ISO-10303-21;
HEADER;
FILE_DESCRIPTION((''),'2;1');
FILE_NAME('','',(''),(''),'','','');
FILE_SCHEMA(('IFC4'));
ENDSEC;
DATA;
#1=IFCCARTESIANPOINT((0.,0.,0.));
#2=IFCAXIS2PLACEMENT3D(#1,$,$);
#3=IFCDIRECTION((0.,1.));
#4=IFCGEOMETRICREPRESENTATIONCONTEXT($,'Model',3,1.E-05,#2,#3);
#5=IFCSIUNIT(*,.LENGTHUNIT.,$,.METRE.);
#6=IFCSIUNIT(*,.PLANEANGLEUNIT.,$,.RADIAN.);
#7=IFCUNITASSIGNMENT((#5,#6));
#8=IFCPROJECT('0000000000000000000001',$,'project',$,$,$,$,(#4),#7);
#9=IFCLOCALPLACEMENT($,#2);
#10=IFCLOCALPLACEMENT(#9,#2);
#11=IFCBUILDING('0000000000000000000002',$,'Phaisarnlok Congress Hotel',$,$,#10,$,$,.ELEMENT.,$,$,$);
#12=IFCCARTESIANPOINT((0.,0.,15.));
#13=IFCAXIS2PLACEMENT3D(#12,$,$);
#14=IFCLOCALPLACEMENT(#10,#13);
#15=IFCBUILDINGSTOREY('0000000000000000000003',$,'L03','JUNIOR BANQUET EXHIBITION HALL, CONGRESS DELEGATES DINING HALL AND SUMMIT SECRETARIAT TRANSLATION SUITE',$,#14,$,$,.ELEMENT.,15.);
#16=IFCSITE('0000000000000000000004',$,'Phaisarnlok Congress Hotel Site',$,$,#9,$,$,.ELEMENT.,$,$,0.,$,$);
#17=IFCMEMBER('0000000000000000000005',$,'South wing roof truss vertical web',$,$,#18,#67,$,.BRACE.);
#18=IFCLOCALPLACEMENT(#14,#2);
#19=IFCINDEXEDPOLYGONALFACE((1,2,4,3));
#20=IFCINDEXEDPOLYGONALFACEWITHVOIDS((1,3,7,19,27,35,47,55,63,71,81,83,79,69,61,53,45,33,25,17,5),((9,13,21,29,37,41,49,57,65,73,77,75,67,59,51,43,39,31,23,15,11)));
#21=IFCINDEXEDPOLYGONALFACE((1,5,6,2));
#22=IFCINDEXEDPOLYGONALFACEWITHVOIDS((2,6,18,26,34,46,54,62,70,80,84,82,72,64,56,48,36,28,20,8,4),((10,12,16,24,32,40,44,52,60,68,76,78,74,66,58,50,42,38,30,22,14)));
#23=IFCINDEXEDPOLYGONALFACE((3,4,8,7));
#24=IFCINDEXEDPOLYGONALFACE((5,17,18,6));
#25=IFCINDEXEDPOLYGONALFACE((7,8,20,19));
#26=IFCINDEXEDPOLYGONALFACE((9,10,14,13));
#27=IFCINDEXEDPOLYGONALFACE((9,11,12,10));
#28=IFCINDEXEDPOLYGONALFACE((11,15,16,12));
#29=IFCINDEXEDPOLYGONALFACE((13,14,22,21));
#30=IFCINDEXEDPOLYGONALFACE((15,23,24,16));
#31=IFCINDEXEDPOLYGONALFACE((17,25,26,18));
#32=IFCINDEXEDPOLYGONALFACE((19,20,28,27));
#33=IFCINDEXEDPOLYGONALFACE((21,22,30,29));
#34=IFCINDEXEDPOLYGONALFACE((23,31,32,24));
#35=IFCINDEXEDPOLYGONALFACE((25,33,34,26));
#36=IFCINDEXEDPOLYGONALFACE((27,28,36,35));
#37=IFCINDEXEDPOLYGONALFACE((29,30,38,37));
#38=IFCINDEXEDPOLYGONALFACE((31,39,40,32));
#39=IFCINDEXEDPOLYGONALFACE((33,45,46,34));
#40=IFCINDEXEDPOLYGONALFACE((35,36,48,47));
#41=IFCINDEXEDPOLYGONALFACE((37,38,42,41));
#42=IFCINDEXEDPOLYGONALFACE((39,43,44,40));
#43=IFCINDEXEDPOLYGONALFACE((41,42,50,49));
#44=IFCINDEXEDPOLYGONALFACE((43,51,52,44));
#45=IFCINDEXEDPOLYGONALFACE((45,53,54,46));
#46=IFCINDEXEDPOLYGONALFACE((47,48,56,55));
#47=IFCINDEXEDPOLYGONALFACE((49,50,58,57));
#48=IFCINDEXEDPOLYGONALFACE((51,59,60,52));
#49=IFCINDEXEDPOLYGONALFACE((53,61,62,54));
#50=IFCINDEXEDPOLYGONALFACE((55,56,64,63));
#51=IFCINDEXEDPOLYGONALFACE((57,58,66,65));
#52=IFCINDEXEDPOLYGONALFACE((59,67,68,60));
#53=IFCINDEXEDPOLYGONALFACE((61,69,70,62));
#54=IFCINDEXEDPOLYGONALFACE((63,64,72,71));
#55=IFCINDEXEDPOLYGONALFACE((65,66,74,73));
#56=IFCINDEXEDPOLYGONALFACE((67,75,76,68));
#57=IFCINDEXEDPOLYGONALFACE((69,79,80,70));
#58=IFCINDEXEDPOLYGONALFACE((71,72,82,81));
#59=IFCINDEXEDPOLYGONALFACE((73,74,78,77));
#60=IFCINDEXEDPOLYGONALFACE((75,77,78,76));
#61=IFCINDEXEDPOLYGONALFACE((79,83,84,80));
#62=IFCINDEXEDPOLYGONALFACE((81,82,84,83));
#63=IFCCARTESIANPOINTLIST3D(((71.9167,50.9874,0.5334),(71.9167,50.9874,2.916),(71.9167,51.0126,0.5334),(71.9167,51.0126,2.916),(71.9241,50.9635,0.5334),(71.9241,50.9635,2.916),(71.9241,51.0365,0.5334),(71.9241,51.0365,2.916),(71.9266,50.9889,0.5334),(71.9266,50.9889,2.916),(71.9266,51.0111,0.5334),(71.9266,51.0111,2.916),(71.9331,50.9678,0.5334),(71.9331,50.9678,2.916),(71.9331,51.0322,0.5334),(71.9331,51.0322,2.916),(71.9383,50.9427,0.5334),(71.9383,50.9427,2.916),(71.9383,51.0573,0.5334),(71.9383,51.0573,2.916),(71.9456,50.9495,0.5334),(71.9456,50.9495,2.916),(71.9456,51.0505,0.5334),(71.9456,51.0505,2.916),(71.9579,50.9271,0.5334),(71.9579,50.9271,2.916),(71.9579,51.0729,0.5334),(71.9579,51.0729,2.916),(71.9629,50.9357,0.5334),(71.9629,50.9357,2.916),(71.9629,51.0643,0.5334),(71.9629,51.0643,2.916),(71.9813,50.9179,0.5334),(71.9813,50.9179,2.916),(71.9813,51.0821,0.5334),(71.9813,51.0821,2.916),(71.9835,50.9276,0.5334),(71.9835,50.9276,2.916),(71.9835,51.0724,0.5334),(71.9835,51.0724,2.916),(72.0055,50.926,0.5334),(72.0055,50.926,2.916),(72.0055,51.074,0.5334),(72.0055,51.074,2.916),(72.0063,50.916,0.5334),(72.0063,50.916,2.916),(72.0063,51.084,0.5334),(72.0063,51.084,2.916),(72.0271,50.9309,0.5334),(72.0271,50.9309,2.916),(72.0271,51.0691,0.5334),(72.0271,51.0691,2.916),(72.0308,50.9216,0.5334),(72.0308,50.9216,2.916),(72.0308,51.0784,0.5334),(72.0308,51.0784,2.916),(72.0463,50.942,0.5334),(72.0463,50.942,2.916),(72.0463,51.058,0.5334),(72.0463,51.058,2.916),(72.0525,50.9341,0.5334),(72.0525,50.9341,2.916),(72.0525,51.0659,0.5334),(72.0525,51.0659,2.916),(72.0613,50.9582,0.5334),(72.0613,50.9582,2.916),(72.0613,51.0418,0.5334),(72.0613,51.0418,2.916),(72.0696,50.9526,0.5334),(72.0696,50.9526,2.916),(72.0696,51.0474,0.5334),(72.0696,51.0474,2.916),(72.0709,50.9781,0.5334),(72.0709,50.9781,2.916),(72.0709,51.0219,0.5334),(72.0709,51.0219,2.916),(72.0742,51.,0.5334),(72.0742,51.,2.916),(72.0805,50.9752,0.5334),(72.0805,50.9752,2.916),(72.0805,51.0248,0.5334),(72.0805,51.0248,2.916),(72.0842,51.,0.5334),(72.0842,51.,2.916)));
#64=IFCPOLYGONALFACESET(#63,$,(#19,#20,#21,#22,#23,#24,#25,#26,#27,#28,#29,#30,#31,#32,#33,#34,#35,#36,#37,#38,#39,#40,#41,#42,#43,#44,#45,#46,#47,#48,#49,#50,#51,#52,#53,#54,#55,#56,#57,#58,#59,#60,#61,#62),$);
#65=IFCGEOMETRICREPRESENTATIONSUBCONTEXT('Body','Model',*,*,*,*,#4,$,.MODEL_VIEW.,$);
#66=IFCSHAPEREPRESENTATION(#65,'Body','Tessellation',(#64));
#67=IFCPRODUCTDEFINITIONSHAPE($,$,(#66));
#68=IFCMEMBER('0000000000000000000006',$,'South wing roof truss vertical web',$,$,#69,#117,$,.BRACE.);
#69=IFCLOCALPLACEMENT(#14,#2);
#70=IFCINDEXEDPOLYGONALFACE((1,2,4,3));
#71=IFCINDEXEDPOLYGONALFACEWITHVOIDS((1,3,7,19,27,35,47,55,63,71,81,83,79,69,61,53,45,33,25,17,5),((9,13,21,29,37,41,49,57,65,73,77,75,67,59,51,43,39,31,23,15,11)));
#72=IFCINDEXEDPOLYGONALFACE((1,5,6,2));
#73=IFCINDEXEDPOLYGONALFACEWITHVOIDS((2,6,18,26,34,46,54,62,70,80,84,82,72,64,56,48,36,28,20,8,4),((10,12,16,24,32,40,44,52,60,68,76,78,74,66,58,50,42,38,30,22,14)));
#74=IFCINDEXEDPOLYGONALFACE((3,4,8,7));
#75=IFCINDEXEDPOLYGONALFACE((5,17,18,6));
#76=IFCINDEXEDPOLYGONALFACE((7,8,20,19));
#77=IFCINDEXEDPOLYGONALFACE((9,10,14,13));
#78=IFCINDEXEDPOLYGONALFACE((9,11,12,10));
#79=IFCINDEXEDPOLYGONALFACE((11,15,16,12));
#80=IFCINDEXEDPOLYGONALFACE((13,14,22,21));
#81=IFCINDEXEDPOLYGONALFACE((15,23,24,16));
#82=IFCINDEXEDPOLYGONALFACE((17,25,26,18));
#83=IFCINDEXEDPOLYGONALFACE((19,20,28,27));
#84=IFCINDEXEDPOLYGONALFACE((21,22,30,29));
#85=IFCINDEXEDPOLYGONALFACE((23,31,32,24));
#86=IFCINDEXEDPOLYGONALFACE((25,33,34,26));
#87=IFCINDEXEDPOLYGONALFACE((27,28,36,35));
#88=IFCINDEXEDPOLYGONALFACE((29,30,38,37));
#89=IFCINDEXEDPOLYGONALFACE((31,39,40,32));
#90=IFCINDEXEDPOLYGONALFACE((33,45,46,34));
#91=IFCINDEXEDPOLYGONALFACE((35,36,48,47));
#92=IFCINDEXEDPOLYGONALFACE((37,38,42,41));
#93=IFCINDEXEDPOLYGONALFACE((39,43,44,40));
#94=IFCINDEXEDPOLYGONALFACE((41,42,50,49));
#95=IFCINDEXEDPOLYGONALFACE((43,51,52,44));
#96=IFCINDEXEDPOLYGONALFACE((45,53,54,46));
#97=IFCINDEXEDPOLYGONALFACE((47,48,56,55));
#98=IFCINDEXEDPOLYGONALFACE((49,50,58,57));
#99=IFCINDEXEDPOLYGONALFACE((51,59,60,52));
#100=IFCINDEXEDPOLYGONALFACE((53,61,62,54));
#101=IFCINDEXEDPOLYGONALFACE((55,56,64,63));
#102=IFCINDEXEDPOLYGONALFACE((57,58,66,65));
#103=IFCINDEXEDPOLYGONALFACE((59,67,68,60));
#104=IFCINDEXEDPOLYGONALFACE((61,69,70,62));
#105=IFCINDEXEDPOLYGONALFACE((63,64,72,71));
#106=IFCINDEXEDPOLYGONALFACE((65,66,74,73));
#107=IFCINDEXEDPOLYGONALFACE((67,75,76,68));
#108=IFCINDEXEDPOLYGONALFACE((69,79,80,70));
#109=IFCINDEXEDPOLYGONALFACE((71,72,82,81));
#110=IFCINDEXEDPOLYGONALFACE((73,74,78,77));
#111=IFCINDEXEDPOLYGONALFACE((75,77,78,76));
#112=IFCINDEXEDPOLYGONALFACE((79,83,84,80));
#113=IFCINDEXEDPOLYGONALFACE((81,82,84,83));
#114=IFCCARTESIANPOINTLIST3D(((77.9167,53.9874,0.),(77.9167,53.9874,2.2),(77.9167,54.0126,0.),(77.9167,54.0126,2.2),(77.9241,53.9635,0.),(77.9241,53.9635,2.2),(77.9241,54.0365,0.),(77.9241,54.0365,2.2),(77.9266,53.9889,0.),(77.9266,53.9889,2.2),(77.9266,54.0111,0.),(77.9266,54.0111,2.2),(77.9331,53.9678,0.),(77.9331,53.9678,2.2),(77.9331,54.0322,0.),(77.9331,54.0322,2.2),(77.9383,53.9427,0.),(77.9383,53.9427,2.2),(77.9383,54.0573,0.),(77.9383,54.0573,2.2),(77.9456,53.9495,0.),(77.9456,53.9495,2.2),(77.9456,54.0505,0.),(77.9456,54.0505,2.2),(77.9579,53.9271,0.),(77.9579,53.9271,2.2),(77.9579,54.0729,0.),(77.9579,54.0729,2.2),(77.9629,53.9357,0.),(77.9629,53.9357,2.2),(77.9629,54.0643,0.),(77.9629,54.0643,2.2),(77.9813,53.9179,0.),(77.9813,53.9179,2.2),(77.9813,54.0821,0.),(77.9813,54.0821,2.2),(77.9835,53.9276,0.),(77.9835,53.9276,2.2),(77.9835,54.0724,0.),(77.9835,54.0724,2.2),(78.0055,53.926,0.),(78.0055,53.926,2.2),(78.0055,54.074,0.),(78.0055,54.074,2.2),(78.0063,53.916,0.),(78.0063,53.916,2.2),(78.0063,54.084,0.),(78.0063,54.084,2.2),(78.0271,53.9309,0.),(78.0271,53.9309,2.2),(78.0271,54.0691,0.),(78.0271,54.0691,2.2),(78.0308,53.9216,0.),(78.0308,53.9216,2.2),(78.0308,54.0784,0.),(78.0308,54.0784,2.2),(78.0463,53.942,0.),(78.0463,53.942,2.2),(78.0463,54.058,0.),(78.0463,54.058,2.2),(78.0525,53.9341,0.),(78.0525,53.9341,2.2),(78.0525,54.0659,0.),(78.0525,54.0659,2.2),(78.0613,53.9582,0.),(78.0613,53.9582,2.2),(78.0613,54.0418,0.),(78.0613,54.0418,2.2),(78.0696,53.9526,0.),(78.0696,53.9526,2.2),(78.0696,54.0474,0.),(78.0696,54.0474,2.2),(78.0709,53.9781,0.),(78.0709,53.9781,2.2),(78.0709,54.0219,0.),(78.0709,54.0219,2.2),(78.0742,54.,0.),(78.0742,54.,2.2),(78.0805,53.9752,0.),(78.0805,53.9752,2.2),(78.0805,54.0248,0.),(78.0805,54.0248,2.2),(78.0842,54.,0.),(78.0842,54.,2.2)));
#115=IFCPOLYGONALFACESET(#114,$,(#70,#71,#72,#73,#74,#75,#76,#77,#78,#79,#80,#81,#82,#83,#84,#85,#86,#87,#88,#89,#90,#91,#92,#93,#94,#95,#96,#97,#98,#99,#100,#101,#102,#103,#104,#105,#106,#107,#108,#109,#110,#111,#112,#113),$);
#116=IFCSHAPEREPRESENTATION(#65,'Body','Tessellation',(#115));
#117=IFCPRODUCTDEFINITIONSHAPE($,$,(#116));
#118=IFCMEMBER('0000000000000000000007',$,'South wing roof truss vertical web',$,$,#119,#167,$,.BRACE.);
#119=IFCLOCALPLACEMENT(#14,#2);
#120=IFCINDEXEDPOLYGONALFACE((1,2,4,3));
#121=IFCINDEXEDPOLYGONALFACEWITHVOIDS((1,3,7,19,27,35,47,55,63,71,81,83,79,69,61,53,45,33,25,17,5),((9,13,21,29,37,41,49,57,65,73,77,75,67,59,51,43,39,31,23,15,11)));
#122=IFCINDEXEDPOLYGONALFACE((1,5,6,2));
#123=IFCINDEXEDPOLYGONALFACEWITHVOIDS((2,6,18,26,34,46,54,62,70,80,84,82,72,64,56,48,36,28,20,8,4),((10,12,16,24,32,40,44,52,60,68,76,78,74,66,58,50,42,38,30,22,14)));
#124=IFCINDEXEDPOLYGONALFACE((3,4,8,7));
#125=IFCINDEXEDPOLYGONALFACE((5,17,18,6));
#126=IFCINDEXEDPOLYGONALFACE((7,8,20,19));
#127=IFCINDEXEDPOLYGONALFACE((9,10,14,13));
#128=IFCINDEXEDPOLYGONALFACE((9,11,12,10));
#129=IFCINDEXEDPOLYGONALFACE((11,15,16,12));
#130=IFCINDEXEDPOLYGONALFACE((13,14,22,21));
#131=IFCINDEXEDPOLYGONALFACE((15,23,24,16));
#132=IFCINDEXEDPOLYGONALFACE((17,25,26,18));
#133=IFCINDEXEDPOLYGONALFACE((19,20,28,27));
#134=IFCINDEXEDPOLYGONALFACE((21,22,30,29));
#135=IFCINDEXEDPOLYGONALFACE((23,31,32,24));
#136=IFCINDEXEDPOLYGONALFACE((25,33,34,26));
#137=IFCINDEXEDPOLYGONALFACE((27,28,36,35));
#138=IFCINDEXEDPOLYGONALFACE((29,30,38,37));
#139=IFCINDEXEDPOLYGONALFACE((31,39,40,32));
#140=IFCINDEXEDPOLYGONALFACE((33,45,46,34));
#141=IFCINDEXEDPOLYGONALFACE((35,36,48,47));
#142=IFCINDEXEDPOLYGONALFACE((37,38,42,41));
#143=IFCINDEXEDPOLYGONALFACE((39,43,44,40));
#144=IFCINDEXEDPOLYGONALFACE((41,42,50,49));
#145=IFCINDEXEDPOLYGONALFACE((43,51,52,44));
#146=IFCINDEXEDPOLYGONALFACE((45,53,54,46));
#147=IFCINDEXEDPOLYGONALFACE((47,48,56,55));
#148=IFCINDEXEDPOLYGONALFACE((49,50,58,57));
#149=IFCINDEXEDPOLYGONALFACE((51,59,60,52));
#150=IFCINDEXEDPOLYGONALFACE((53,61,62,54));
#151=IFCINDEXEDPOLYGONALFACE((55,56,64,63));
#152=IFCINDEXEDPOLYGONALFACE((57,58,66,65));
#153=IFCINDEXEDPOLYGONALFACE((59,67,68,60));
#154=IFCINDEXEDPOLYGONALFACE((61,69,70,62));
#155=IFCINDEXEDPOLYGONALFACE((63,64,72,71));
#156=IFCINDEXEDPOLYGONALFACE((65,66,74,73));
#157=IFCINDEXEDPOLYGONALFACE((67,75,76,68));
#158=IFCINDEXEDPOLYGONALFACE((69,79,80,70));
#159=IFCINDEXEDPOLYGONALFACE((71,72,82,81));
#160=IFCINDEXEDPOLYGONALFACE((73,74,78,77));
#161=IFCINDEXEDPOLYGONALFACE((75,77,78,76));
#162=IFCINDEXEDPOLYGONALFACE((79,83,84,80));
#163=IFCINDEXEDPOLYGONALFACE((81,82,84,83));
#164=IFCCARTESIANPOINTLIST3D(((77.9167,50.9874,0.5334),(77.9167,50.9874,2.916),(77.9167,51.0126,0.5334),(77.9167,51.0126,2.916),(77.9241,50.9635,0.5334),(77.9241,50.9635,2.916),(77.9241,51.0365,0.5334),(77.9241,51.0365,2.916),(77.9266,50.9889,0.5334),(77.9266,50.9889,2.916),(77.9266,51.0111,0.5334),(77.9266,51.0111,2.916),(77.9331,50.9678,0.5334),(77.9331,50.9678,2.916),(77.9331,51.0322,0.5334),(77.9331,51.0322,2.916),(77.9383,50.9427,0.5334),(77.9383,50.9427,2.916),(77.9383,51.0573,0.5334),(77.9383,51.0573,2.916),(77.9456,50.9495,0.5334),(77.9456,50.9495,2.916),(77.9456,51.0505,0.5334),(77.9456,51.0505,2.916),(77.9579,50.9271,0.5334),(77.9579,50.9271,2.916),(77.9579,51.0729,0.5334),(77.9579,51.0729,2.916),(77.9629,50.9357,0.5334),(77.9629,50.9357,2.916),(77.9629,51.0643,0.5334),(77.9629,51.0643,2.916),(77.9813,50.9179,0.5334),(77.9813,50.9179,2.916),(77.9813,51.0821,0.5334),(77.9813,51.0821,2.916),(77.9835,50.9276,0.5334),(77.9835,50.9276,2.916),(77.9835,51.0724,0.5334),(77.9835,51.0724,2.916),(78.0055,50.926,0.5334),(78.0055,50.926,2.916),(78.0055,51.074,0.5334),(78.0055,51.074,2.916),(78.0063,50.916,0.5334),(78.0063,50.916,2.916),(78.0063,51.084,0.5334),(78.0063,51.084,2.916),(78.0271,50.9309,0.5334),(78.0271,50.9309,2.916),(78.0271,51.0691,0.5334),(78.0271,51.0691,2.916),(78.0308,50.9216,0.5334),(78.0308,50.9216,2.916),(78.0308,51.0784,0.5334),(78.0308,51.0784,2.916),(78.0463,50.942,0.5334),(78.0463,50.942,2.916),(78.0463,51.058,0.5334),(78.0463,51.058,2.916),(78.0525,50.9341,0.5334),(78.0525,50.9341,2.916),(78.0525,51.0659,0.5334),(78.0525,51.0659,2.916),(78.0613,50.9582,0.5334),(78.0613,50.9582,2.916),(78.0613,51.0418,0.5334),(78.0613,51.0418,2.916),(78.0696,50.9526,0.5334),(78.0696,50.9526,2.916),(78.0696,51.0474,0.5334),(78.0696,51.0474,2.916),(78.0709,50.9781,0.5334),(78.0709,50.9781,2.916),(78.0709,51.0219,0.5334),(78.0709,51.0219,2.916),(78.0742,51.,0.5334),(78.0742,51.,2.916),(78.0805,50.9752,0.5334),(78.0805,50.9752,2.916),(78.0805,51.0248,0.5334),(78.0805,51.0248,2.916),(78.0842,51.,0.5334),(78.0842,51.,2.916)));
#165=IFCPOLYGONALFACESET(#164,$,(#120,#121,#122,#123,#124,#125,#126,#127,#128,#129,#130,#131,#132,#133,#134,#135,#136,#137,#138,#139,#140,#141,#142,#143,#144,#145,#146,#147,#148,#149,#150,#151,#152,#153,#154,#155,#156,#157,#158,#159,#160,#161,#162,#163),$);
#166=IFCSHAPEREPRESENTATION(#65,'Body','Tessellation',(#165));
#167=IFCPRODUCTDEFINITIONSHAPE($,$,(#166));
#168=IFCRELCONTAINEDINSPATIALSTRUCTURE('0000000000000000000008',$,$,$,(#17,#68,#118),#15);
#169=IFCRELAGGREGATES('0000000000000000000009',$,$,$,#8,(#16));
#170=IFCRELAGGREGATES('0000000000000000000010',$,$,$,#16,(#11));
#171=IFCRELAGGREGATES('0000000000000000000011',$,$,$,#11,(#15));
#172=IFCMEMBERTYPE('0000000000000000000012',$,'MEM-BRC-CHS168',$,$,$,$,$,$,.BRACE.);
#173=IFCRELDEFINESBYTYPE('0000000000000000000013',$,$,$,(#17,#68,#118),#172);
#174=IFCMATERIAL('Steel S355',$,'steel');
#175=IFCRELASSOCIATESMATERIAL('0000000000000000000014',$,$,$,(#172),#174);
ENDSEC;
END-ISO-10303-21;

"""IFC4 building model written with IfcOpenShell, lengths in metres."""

from ifc_helpers import new_model, si_unit, direction, frame, origin, origin_2d, place, context, subcontext, project, spatial, hollow_circle, extrude, material, material_profile, profile_set, type_object, element, save


model = new_model("IFC4")

# Units and contexts
model_context = context("Model", 3, precision=1e-05, world=origin(), true_north=direction((0.0, 1.0)))
body_context = subcontext(model_context, "Body", "Model", "MODEL_VIEW")
ifc_project = project(units=[si_unit("LENGTHUNIT", "METRE"), si_unit("PLANEANGLEUNIT", "RADIAN")], contexts=[model_context])

# Site, building, storey
site_placement = place(None, origin())
site = spatial("IfcSite", under=ifc_project, at=site_placement, Name="Phaisarnlok Congress Hotel Site", CompositionType="ELEMENT", RefElevation=0.0)
building_placement = place(site_placement, origin())
building = spatial("IfcBuilding", under=site, at=building_placement, Name="Phaisarnlok Congress Hotel", CompositionType="ELEMENT")
storey_placement = place(building_placement, frame((0.0, 0.0, 15.0)))
storey = spatial("IfcBuildingStorey", under=building, at=storey_placement, Name="L03", Description="JUNIOR BANQUET EXHIBITION HALL, CONGRESS DELEGATES DINING HALL AND SUMMIT SECRETARIAT TRANSLATION SUITE", CompositionType="ELEMENT", Elevation=15.0)

# Shared definitions
ifc_material_1 = material(Name="Steel S355", Category="steel")

# Members
ifc_material_profile_1 = material_profile(ifc_material_1, hollow_circle(Radius=0.0842, WallThickness=0.01, at=origin_2d()), Name="CHS 168.3x10")
ifc_profile_set_1 = profile_set([ifc_material_profile_1], Name="Steel S355")
member_type_1 = type_object("IfcMemberType", Name="MEM-BRC-CHS168", PredefinedType="BRACE", material=ifc_profile_set_1)
member_1_placement = place(storey_placement, frame((72.0, 51.0, 0.5334), z_axis=(0.0, 0.0, 1.0), x_axis=(1.0, 0.0, 0.0)))
element("IfcMember", 1, at=member_1_placement, inside=storey, type_object=member_type_1, Name="South wing roof truss vertical web", PredefinedType="BRACE", context=body_context, shape_type="SweptSolid", body=[
    extrude(hollow_circle(Radius=0.0842, WallThickness=0.01, at=origin_2d()), origin(), (0.0, 0.0, 1.0), 2.3826),
])
member_2_placement = place(storey_placement, frame((78.0, 54.0, 0.0), z_axis=(0.0, 0.0, 1.0), x_axis=(1.0, 0.0, 0.0)))
element("IfcMember", 2, at=member_2_placement, inside=storey, type_object=member_type_1, Name="South wing roof truss vertical web", PredefinedType="BRACE", context=body_context, shape_type="SweptSolid", body=[
    extrude(hollow_circle(Radius=0.0842, WallThickness=0.01, at=origin_2d()), origin(), (0.0, 0.0, 1.0), 2.2),
])
member_3_placement = place(storey_placement, frame((78.0, 51.0, 0.5334), z_axis=(0.0, 0.0, 1.0), x_axis=(1.0, 0.0, 0.0)))
element("IfcMember", 3, at=member_3_placement, inside=storey, type_object=member_type_1, Name="South wing roof truss vertical web", PredefinedType="BRACE", context=body_context, shape_type="SweptSolid", body=[
    extrude(hollow_circle(Radius=0.0842, WallThickness=0.01, at=origin_2d()), origin(), (0.0, 0.0, 1.0), 2.3826),
])

save(model, "model.ifc")
